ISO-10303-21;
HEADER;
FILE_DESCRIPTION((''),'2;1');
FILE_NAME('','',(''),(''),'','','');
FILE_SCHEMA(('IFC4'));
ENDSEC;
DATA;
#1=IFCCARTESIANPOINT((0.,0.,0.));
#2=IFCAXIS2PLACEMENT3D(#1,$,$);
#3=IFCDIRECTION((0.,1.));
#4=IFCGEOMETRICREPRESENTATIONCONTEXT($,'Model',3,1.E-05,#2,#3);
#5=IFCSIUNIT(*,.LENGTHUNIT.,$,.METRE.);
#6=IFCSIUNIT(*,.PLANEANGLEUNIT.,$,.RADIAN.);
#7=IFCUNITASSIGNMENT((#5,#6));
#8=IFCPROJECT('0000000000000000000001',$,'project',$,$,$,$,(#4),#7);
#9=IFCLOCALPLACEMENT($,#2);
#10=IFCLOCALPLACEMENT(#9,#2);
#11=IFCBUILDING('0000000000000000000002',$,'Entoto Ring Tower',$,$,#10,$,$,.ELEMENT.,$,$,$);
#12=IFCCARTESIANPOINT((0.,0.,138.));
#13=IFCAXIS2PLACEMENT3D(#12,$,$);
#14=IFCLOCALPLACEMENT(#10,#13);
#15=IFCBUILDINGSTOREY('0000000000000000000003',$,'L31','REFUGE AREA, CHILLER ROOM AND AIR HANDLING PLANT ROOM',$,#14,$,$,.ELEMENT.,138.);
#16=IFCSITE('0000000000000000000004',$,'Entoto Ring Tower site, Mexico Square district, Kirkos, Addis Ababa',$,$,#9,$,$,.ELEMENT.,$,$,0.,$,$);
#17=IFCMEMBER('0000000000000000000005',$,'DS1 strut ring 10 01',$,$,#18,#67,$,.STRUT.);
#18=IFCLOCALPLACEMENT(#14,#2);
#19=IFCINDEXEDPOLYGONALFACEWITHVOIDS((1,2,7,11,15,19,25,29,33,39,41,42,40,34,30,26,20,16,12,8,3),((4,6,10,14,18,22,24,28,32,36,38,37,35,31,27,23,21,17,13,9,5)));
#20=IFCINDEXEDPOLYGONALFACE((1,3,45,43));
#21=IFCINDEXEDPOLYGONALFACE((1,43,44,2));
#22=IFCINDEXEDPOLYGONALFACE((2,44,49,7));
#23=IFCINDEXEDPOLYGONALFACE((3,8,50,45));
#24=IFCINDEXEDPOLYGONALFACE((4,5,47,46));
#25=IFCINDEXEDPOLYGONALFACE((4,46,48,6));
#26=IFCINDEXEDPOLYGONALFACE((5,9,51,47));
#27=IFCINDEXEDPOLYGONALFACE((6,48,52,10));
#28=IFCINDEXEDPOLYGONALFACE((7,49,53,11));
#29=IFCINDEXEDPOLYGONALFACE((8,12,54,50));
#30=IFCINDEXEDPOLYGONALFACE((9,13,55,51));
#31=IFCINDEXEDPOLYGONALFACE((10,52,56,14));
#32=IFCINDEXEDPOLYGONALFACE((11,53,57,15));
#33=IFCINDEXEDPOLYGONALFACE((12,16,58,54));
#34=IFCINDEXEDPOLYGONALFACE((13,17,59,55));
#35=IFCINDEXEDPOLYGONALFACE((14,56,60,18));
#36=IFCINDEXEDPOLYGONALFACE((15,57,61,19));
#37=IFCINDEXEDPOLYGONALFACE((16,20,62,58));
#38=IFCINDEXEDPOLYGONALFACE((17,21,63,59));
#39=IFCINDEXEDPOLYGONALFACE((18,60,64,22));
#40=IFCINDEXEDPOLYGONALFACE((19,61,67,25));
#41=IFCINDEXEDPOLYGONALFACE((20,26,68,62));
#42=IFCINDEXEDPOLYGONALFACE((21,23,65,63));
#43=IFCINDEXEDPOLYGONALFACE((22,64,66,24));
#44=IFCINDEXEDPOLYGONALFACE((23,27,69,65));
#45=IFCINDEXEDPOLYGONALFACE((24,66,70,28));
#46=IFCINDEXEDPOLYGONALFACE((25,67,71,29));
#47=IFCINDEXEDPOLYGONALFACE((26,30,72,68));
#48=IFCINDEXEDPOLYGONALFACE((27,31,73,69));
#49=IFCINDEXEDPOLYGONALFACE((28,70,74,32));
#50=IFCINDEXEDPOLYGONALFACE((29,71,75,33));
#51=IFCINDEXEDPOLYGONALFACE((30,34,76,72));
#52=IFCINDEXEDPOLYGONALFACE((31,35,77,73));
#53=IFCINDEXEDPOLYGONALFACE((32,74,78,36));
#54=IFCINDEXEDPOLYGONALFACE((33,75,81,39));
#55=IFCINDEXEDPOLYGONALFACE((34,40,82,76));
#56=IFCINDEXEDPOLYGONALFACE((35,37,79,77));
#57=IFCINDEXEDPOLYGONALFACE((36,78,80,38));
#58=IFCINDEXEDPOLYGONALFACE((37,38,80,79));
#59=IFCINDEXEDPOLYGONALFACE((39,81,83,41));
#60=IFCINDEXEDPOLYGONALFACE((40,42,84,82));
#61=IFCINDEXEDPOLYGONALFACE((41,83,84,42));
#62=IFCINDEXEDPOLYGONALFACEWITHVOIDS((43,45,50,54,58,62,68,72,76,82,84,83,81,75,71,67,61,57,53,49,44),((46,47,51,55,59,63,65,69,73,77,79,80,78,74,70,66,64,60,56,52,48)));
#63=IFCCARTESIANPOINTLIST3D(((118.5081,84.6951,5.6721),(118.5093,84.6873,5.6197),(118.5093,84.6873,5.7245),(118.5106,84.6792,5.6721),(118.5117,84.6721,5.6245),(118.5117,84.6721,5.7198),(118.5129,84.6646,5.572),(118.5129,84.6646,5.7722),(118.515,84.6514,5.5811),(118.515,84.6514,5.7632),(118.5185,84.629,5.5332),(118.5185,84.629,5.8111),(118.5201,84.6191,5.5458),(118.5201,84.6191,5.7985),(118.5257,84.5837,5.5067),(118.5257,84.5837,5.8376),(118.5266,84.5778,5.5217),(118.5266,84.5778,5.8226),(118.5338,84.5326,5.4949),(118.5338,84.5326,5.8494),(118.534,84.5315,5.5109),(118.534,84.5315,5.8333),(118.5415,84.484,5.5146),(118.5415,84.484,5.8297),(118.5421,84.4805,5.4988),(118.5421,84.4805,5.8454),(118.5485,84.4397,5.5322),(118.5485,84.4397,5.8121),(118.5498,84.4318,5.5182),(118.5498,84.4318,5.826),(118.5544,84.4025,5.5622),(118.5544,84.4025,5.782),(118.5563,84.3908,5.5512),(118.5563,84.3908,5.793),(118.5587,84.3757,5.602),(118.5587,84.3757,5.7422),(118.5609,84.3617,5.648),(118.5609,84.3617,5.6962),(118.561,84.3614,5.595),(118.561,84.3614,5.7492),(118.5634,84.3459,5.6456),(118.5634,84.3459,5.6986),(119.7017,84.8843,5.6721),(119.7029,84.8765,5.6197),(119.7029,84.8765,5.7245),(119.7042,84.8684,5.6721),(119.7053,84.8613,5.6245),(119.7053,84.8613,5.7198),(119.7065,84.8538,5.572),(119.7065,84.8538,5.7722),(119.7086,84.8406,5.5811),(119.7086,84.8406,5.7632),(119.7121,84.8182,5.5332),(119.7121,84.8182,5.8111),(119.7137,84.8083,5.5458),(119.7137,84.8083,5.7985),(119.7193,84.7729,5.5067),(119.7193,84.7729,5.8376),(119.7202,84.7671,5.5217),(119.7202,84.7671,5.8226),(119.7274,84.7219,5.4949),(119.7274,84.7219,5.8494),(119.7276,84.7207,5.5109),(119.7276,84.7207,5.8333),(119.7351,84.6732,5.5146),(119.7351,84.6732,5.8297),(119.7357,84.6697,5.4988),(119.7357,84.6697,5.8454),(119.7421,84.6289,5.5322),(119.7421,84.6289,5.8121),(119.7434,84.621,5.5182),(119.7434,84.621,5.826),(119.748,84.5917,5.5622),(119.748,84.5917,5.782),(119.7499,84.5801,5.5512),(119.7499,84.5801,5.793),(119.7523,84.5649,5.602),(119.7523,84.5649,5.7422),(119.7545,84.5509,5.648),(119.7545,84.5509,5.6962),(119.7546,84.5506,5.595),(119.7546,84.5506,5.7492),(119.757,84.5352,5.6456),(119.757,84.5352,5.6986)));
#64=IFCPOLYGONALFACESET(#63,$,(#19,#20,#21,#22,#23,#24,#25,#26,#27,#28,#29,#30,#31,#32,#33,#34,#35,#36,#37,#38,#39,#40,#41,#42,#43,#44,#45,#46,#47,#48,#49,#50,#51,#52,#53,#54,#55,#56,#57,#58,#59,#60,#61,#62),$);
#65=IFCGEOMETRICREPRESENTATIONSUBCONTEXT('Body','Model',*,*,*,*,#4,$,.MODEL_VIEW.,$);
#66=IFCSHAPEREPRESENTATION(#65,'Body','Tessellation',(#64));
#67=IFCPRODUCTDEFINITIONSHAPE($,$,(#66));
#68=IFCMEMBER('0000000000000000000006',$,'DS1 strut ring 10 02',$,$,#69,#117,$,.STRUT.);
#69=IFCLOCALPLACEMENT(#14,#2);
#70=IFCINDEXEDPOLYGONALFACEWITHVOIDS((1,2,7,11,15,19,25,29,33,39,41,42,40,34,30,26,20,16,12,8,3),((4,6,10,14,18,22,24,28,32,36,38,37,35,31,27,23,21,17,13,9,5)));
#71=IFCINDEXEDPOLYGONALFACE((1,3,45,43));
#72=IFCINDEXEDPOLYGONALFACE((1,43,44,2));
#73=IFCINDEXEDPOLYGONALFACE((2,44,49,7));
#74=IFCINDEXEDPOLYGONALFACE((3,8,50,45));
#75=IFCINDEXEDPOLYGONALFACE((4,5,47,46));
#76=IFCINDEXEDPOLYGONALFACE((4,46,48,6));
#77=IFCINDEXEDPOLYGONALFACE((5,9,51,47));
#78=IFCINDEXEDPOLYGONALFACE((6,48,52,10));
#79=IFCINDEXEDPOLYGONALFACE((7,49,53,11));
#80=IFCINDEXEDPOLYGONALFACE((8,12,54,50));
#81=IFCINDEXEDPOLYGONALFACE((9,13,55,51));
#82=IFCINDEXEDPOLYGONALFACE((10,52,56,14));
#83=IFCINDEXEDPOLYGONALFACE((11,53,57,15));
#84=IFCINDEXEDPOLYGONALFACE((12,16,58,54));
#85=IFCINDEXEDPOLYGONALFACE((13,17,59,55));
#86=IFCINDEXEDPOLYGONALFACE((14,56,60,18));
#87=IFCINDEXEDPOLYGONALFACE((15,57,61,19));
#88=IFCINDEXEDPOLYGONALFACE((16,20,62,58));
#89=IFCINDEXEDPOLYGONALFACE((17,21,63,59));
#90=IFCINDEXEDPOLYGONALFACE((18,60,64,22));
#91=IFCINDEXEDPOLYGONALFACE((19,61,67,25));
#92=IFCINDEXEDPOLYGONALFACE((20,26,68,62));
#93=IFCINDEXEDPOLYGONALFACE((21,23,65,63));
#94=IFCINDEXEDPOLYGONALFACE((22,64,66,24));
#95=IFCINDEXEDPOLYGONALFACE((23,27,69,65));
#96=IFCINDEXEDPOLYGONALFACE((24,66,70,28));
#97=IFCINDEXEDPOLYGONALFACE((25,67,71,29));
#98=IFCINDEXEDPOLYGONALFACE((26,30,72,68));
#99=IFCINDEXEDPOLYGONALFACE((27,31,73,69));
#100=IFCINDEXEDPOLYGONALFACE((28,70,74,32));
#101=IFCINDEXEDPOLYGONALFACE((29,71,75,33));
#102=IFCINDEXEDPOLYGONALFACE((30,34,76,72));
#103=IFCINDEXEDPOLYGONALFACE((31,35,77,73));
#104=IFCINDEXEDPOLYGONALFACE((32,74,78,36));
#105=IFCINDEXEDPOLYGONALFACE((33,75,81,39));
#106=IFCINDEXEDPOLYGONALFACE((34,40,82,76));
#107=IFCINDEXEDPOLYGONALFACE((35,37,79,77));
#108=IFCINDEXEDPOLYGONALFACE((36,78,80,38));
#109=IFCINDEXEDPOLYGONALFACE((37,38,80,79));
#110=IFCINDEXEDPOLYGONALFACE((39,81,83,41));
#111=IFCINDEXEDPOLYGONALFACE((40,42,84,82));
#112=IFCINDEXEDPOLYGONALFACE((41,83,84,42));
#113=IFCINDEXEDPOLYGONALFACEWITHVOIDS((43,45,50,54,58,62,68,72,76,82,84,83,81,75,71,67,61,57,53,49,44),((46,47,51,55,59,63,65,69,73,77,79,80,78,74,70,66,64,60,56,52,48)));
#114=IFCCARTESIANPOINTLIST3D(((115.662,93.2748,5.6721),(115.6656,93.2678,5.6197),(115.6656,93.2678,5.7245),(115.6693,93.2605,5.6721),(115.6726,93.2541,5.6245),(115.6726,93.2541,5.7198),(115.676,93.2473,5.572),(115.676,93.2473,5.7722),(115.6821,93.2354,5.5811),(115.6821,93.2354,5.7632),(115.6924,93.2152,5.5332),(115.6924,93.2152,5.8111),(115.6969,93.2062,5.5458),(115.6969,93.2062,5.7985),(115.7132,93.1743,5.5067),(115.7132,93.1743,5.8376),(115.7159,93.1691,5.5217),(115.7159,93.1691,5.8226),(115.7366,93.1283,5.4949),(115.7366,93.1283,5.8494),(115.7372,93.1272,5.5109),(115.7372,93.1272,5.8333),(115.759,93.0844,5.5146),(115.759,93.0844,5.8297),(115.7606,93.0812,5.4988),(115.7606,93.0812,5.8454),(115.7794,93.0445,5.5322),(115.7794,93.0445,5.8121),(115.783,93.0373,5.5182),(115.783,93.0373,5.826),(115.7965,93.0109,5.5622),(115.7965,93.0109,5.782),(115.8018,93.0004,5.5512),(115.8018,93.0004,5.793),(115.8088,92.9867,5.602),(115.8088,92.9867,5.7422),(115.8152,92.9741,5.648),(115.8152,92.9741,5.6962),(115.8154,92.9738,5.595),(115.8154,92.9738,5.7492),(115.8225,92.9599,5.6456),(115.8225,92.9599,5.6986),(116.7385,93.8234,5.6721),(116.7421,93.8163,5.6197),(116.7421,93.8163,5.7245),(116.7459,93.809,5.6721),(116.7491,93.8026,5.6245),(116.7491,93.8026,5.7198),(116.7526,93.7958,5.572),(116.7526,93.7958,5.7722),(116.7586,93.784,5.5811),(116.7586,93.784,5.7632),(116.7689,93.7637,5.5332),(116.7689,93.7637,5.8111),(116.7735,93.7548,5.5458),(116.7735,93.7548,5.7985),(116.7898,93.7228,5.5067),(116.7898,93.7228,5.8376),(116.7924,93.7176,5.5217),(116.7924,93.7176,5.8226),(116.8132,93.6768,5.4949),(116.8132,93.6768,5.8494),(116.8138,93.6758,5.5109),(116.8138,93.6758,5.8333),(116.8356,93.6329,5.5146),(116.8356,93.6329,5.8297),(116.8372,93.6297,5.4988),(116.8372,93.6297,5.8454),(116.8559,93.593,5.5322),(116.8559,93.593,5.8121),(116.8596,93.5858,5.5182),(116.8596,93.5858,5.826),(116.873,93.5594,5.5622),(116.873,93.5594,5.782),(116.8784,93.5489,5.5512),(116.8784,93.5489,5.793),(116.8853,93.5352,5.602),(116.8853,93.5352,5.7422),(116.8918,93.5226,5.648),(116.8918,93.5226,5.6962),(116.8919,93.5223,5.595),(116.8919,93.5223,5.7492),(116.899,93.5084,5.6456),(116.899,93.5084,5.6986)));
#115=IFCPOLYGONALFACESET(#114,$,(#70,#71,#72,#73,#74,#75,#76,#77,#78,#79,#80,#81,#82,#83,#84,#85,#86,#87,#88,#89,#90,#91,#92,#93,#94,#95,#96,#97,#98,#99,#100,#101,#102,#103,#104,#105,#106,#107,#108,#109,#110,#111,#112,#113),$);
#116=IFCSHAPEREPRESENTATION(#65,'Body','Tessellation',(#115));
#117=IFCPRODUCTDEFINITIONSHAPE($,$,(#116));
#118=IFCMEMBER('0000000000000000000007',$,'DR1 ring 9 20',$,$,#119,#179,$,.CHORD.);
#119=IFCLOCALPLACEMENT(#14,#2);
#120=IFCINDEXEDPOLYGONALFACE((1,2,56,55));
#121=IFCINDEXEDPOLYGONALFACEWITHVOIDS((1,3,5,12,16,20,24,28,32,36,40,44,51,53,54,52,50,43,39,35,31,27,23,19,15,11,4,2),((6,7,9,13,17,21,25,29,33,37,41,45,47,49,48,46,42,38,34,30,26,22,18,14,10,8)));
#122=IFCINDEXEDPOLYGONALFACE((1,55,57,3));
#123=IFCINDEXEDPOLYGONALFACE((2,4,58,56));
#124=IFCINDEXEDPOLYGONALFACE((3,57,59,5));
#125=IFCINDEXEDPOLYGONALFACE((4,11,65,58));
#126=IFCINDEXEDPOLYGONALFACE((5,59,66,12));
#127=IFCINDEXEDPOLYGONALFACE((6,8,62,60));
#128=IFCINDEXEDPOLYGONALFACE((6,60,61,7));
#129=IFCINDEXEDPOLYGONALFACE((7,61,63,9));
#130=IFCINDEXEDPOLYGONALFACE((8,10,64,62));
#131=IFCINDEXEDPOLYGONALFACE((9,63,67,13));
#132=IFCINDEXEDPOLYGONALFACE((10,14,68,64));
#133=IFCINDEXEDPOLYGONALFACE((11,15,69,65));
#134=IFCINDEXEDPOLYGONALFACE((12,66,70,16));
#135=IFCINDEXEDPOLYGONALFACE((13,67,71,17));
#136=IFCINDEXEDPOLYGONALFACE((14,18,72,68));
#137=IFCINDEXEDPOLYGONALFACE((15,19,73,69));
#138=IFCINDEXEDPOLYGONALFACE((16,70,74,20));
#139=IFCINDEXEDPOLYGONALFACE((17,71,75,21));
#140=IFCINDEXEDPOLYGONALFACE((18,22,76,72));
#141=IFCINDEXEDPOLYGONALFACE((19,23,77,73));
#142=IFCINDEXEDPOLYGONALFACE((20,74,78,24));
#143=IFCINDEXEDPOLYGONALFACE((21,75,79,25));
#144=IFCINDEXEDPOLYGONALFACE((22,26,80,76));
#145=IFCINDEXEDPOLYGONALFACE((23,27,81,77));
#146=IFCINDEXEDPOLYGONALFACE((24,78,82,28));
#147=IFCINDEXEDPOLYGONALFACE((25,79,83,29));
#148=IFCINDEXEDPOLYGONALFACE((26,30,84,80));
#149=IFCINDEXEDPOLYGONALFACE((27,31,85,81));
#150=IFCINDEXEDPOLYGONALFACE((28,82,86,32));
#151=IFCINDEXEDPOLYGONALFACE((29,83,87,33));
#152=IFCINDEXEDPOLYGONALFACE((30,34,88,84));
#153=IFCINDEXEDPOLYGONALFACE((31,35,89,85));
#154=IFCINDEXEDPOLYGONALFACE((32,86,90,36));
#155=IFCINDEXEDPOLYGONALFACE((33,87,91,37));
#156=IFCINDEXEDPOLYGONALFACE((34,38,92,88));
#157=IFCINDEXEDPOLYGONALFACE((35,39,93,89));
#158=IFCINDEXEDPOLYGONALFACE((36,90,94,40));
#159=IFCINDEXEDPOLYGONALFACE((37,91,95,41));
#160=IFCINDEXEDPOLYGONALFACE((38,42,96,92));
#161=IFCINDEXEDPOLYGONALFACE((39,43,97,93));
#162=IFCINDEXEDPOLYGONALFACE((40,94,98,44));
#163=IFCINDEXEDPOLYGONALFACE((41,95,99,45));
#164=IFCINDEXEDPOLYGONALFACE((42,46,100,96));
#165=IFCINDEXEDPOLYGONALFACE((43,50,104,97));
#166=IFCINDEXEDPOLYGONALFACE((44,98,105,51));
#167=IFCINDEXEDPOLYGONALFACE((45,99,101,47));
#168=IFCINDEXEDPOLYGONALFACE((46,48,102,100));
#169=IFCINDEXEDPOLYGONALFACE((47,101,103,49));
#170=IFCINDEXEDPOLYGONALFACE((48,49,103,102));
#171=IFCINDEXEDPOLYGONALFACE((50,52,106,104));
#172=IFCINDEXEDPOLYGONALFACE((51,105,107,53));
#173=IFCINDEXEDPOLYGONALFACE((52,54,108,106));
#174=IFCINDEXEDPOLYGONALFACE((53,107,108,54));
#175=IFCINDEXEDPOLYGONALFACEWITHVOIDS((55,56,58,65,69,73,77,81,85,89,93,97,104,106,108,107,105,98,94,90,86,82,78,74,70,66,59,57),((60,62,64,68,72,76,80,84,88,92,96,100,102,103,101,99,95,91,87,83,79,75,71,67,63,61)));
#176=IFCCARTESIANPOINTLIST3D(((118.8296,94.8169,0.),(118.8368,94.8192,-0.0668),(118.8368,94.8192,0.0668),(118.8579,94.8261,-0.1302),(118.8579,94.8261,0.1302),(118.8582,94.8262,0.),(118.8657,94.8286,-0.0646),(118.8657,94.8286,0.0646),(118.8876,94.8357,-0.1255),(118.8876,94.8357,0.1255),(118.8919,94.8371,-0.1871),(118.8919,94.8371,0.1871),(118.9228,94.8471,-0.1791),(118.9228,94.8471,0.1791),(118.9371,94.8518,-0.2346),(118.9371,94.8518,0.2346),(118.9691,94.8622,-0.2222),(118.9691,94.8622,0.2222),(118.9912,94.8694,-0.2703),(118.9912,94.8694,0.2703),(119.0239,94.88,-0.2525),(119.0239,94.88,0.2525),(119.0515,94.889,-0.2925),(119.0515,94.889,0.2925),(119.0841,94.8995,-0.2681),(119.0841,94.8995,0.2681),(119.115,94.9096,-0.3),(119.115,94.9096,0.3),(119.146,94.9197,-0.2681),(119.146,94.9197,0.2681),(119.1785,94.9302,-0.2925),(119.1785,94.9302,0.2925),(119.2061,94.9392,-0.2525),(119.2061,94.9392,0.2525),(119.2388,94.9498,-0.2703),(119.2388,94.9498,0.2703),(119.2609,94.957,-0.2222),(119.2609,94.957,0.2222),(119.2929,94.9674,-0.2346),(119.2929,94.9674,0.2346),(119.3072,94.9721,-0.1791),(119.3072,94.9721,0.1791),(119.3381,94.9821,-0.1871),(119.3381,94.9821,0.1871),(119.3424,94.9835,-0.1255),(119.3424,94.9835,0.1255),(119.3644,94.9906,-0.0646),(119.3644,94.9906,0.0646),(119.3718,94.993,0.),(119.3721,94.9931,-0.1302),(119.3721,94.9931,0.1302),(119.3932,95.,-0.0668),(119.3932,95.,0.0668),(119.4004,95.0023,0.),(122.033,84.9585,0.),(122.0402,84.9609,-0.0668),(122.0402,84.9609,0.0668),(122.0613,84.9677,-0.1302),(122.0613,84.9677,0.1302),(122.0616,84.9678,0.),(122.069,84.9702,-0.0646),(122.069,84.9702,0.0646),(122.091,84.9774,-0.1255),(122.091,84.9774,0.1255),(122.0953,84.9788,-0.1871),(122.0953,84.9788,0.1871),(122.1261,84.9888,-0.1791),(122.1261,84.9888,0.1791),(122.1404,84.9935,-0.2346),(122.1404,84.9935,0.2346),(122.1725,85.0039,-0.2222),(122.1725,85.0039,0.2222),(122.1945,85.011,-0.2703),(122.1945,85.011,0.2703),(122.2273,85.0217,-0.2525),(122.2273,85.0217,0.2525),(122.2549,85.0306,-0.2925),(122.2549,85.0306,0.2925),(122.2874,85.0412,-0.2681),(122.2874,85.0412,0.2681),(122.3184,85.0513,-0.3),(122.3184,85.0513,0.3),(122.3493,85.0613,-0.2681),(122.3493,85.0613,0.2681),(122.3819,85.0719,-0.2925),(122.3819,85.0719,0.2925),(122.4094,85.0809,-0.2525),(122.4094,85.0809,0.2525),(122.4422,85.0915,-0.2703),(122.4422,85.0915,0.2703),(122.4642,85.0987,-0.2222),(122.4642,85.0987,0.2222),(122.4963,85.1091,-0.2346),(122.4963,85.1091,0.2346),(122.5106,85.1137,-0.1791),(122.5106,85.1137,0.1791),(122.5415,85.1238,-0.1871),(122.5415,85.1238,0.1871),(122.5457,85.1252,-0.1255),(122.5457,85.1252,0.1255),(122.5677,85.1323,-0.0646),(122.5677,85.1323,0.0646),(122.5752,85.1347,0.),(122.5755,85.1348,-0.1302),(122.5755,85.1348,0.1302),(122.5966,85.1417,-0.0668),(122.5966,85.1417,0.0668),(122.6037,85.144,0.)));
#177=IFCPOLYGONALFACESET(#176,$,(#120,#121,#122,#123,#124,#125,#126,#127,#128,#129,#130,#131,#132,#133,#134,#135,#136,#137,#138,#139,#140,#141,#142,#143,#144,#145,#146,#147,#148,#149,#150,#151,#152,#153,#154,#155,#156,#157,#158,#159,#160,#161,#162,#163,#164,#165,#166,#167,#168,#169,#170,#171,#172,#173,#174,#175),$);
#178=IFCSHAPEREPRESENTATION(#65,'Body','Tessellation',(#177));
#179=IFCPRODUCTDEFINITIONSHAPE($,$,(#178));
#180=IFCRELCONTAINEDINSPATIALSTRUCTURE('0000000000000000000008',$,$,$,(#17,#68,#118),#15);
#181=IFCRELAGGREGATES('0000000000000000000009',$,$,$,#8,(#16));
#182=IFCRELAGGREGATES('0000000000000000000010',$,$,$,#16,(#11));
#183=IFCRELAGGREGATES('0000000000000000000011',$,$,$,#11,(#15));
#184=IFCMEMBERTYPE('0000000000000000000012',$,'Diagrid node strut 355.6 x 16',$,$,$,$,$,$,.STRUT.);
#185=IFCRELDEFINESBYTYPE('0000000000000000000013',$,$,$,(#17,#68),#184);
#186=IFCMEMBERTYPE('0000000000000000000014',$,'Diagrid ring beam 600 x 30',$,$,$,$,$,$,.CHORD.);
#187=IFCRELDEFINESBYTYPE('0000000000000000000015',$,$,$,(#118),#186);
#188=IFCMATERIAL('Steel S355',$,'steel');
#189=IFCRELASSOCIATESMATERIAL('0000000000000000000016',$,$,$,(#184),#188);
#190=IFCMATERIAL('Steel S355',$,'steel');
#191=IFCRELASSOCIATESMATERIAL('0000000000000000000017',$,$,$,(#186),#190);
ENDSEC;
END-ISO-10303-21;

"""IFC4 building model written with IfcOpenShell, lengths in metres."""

from ifc_helpers import new_model, si_unit, direction, frame, origin, origin_2d, place, context, subcontext, project, spatial, circle, hollow_circle, extrude, material, material_profile, profile_set, type_object, element, save


model = new_model("IFC4")

# Units and contexts
model_context = context("Model", 3, precision=1e-05, world=origin(), true_north=direction((0.0, 1.0)))
body_context = subcontext(model_context, "Body", "Model", "MODEL_VIEW")
ifc_project = project(units=[si_unit("LENGTHUNIT", "METRE"), si_unit("PLANEANGLEUNIT", "RADIAN")], contexts=[model_context])

# Site, building, storey
site_placement = place(None, origin())
site = spatial("IfcSite", under=ifc_project, at=site_placement, Name="Entoto Ring Tower site, Mexico Square district, Kirkos, Addis Ababa", CompositionType="ELEMENT", RefElevation=0.0)
building_placement = place(site_placement, origin())
building = spatial("IfcBuilding", under=site, at=building_placement, Name="Entoto Ring Tower", CompositionType="ELEMENT")
storey_placement = place(building_placement, frame((0.0, 0.0, 138.0)))
storey = spatial("IfcBuildingStorey", under=building, at=storey_placement, Name="L31", Description="REFUGE AREA, CHILLER ROOM AND AIR HANDLING PLANT ROOM", CompositionType="ELEMENT", Elevation=138.0)

# Members
ifc_material_1 = material(Name="Steel S355", Category="steel")
ifc_material_profile_1 = material_profile(ifc_material_1, hollow_circle(Radius=0.1777, WallThickness=0.0161, at=origin_2d()), Name="CHS 355.6 x 16")
ifc_material_2 = material(Name="Concrete C60/75", Category="concrete")
ifc_material_profile_2 = material_profile(ifc_material_2, circle(Radius=0.1619, at=origin_2d()), Name="Concrete C60/75 infill")
ifc_profile_set_1 = profile_set([ifc_material_profile_1, ifc_material_profile_2], Name="Steel S355")
member_type_1 = type_object("IfcMemberType", Name="Diagrid node strut 355.6 x 16", PredefinedType="STRUT", material=ifc_profile_set_1)
member_1_placement = place(storey_placement, frame((118.5359, 84.5195, 5.6721), z_axis=(0.987668, 0.156564, 0.0), x_axis=(-0.156564, 0.987668, 0.0)))
element("IfcMember", 1, at=member_1_placement, inside=storey, type_object=member_type_1, Name="DS1 strut ring 10 01", PredefinedType="STRUT", context=body_context, shape_type="SweptSolid", body=[
    extrude(hollow_circle(Radius=0.1777, WallThickness=0.0161, at=origin_2d()), origin(), (0.0, 0.0, 1.0), 1.2085),
])
member_2_placement = place(storey_placement, frame((115.7427, 93.1165, 5.6721), z_axis=(0.891007, 0.453989, 0.0), x_axis=(-0.453989, 0.891007, 0.0)))
element("IfcMember", 2, at=member_2_placement, inside=storey, type_object=member_type_1, Name="DS1 strut ring 10 02", PredefinedType="STRUT", context=body_context, shape_type="SweptSolid", body=[
    extrude(hollow_circle(Radius=0.1777, WallThickness=0.0161, at=origin_2d()), origin(), (0.0, 0.0, 1.0), 1.2083),
])
ifc_material_3 = material(Name="Steel S355", Category="steel")
ifc_material_profile_3 = material_profile(ifc_material_3, hollow_circle(Radius=0.3, WallThickness=0.03, at=origin_2d()), Name="CHS 600 x 30")
ifc_material_4 = material(Name="Concrete C60/75", Category="concrete")
ifc_material_profile_4 = material_profile(ifc_material_4, circle(Radius=0.27, at=origin_2d()), Name="Concrete C60/75 infill")
ifc_profile_set_2 = profile_set([ifc_material_profile_3, ifc_material_profile_4], Name="Steel S355")
member_type_2 = type_object("IfcMemberType", Name="Diagrid ring beam 600 x 30", PredefinedType="CHORD", material=ifc_profile_set_2)
member_3_placement = place(storey_placement, frame((122.3184, 85.0513, 0.0), z_axis=(-0.309033, 0.951051, 0.0), x_axis=(-0.951051, -0.309033, 0.0)))
element("IfcMember", 3, at=member_3_placement, inside=storey, type_object=member_type_2, Name="DR1 ring 9 20", PredefinedType="CHORD", context=body_context, shape_type="SweptSolid", body=[
    extrude(hollow_circle(Radius=0.3, WallThickness=0.03, at=origin_2d()), origin(), (0.0, 0.0, 1.0), 10.3657),
])

save(model, "model.ifc")
